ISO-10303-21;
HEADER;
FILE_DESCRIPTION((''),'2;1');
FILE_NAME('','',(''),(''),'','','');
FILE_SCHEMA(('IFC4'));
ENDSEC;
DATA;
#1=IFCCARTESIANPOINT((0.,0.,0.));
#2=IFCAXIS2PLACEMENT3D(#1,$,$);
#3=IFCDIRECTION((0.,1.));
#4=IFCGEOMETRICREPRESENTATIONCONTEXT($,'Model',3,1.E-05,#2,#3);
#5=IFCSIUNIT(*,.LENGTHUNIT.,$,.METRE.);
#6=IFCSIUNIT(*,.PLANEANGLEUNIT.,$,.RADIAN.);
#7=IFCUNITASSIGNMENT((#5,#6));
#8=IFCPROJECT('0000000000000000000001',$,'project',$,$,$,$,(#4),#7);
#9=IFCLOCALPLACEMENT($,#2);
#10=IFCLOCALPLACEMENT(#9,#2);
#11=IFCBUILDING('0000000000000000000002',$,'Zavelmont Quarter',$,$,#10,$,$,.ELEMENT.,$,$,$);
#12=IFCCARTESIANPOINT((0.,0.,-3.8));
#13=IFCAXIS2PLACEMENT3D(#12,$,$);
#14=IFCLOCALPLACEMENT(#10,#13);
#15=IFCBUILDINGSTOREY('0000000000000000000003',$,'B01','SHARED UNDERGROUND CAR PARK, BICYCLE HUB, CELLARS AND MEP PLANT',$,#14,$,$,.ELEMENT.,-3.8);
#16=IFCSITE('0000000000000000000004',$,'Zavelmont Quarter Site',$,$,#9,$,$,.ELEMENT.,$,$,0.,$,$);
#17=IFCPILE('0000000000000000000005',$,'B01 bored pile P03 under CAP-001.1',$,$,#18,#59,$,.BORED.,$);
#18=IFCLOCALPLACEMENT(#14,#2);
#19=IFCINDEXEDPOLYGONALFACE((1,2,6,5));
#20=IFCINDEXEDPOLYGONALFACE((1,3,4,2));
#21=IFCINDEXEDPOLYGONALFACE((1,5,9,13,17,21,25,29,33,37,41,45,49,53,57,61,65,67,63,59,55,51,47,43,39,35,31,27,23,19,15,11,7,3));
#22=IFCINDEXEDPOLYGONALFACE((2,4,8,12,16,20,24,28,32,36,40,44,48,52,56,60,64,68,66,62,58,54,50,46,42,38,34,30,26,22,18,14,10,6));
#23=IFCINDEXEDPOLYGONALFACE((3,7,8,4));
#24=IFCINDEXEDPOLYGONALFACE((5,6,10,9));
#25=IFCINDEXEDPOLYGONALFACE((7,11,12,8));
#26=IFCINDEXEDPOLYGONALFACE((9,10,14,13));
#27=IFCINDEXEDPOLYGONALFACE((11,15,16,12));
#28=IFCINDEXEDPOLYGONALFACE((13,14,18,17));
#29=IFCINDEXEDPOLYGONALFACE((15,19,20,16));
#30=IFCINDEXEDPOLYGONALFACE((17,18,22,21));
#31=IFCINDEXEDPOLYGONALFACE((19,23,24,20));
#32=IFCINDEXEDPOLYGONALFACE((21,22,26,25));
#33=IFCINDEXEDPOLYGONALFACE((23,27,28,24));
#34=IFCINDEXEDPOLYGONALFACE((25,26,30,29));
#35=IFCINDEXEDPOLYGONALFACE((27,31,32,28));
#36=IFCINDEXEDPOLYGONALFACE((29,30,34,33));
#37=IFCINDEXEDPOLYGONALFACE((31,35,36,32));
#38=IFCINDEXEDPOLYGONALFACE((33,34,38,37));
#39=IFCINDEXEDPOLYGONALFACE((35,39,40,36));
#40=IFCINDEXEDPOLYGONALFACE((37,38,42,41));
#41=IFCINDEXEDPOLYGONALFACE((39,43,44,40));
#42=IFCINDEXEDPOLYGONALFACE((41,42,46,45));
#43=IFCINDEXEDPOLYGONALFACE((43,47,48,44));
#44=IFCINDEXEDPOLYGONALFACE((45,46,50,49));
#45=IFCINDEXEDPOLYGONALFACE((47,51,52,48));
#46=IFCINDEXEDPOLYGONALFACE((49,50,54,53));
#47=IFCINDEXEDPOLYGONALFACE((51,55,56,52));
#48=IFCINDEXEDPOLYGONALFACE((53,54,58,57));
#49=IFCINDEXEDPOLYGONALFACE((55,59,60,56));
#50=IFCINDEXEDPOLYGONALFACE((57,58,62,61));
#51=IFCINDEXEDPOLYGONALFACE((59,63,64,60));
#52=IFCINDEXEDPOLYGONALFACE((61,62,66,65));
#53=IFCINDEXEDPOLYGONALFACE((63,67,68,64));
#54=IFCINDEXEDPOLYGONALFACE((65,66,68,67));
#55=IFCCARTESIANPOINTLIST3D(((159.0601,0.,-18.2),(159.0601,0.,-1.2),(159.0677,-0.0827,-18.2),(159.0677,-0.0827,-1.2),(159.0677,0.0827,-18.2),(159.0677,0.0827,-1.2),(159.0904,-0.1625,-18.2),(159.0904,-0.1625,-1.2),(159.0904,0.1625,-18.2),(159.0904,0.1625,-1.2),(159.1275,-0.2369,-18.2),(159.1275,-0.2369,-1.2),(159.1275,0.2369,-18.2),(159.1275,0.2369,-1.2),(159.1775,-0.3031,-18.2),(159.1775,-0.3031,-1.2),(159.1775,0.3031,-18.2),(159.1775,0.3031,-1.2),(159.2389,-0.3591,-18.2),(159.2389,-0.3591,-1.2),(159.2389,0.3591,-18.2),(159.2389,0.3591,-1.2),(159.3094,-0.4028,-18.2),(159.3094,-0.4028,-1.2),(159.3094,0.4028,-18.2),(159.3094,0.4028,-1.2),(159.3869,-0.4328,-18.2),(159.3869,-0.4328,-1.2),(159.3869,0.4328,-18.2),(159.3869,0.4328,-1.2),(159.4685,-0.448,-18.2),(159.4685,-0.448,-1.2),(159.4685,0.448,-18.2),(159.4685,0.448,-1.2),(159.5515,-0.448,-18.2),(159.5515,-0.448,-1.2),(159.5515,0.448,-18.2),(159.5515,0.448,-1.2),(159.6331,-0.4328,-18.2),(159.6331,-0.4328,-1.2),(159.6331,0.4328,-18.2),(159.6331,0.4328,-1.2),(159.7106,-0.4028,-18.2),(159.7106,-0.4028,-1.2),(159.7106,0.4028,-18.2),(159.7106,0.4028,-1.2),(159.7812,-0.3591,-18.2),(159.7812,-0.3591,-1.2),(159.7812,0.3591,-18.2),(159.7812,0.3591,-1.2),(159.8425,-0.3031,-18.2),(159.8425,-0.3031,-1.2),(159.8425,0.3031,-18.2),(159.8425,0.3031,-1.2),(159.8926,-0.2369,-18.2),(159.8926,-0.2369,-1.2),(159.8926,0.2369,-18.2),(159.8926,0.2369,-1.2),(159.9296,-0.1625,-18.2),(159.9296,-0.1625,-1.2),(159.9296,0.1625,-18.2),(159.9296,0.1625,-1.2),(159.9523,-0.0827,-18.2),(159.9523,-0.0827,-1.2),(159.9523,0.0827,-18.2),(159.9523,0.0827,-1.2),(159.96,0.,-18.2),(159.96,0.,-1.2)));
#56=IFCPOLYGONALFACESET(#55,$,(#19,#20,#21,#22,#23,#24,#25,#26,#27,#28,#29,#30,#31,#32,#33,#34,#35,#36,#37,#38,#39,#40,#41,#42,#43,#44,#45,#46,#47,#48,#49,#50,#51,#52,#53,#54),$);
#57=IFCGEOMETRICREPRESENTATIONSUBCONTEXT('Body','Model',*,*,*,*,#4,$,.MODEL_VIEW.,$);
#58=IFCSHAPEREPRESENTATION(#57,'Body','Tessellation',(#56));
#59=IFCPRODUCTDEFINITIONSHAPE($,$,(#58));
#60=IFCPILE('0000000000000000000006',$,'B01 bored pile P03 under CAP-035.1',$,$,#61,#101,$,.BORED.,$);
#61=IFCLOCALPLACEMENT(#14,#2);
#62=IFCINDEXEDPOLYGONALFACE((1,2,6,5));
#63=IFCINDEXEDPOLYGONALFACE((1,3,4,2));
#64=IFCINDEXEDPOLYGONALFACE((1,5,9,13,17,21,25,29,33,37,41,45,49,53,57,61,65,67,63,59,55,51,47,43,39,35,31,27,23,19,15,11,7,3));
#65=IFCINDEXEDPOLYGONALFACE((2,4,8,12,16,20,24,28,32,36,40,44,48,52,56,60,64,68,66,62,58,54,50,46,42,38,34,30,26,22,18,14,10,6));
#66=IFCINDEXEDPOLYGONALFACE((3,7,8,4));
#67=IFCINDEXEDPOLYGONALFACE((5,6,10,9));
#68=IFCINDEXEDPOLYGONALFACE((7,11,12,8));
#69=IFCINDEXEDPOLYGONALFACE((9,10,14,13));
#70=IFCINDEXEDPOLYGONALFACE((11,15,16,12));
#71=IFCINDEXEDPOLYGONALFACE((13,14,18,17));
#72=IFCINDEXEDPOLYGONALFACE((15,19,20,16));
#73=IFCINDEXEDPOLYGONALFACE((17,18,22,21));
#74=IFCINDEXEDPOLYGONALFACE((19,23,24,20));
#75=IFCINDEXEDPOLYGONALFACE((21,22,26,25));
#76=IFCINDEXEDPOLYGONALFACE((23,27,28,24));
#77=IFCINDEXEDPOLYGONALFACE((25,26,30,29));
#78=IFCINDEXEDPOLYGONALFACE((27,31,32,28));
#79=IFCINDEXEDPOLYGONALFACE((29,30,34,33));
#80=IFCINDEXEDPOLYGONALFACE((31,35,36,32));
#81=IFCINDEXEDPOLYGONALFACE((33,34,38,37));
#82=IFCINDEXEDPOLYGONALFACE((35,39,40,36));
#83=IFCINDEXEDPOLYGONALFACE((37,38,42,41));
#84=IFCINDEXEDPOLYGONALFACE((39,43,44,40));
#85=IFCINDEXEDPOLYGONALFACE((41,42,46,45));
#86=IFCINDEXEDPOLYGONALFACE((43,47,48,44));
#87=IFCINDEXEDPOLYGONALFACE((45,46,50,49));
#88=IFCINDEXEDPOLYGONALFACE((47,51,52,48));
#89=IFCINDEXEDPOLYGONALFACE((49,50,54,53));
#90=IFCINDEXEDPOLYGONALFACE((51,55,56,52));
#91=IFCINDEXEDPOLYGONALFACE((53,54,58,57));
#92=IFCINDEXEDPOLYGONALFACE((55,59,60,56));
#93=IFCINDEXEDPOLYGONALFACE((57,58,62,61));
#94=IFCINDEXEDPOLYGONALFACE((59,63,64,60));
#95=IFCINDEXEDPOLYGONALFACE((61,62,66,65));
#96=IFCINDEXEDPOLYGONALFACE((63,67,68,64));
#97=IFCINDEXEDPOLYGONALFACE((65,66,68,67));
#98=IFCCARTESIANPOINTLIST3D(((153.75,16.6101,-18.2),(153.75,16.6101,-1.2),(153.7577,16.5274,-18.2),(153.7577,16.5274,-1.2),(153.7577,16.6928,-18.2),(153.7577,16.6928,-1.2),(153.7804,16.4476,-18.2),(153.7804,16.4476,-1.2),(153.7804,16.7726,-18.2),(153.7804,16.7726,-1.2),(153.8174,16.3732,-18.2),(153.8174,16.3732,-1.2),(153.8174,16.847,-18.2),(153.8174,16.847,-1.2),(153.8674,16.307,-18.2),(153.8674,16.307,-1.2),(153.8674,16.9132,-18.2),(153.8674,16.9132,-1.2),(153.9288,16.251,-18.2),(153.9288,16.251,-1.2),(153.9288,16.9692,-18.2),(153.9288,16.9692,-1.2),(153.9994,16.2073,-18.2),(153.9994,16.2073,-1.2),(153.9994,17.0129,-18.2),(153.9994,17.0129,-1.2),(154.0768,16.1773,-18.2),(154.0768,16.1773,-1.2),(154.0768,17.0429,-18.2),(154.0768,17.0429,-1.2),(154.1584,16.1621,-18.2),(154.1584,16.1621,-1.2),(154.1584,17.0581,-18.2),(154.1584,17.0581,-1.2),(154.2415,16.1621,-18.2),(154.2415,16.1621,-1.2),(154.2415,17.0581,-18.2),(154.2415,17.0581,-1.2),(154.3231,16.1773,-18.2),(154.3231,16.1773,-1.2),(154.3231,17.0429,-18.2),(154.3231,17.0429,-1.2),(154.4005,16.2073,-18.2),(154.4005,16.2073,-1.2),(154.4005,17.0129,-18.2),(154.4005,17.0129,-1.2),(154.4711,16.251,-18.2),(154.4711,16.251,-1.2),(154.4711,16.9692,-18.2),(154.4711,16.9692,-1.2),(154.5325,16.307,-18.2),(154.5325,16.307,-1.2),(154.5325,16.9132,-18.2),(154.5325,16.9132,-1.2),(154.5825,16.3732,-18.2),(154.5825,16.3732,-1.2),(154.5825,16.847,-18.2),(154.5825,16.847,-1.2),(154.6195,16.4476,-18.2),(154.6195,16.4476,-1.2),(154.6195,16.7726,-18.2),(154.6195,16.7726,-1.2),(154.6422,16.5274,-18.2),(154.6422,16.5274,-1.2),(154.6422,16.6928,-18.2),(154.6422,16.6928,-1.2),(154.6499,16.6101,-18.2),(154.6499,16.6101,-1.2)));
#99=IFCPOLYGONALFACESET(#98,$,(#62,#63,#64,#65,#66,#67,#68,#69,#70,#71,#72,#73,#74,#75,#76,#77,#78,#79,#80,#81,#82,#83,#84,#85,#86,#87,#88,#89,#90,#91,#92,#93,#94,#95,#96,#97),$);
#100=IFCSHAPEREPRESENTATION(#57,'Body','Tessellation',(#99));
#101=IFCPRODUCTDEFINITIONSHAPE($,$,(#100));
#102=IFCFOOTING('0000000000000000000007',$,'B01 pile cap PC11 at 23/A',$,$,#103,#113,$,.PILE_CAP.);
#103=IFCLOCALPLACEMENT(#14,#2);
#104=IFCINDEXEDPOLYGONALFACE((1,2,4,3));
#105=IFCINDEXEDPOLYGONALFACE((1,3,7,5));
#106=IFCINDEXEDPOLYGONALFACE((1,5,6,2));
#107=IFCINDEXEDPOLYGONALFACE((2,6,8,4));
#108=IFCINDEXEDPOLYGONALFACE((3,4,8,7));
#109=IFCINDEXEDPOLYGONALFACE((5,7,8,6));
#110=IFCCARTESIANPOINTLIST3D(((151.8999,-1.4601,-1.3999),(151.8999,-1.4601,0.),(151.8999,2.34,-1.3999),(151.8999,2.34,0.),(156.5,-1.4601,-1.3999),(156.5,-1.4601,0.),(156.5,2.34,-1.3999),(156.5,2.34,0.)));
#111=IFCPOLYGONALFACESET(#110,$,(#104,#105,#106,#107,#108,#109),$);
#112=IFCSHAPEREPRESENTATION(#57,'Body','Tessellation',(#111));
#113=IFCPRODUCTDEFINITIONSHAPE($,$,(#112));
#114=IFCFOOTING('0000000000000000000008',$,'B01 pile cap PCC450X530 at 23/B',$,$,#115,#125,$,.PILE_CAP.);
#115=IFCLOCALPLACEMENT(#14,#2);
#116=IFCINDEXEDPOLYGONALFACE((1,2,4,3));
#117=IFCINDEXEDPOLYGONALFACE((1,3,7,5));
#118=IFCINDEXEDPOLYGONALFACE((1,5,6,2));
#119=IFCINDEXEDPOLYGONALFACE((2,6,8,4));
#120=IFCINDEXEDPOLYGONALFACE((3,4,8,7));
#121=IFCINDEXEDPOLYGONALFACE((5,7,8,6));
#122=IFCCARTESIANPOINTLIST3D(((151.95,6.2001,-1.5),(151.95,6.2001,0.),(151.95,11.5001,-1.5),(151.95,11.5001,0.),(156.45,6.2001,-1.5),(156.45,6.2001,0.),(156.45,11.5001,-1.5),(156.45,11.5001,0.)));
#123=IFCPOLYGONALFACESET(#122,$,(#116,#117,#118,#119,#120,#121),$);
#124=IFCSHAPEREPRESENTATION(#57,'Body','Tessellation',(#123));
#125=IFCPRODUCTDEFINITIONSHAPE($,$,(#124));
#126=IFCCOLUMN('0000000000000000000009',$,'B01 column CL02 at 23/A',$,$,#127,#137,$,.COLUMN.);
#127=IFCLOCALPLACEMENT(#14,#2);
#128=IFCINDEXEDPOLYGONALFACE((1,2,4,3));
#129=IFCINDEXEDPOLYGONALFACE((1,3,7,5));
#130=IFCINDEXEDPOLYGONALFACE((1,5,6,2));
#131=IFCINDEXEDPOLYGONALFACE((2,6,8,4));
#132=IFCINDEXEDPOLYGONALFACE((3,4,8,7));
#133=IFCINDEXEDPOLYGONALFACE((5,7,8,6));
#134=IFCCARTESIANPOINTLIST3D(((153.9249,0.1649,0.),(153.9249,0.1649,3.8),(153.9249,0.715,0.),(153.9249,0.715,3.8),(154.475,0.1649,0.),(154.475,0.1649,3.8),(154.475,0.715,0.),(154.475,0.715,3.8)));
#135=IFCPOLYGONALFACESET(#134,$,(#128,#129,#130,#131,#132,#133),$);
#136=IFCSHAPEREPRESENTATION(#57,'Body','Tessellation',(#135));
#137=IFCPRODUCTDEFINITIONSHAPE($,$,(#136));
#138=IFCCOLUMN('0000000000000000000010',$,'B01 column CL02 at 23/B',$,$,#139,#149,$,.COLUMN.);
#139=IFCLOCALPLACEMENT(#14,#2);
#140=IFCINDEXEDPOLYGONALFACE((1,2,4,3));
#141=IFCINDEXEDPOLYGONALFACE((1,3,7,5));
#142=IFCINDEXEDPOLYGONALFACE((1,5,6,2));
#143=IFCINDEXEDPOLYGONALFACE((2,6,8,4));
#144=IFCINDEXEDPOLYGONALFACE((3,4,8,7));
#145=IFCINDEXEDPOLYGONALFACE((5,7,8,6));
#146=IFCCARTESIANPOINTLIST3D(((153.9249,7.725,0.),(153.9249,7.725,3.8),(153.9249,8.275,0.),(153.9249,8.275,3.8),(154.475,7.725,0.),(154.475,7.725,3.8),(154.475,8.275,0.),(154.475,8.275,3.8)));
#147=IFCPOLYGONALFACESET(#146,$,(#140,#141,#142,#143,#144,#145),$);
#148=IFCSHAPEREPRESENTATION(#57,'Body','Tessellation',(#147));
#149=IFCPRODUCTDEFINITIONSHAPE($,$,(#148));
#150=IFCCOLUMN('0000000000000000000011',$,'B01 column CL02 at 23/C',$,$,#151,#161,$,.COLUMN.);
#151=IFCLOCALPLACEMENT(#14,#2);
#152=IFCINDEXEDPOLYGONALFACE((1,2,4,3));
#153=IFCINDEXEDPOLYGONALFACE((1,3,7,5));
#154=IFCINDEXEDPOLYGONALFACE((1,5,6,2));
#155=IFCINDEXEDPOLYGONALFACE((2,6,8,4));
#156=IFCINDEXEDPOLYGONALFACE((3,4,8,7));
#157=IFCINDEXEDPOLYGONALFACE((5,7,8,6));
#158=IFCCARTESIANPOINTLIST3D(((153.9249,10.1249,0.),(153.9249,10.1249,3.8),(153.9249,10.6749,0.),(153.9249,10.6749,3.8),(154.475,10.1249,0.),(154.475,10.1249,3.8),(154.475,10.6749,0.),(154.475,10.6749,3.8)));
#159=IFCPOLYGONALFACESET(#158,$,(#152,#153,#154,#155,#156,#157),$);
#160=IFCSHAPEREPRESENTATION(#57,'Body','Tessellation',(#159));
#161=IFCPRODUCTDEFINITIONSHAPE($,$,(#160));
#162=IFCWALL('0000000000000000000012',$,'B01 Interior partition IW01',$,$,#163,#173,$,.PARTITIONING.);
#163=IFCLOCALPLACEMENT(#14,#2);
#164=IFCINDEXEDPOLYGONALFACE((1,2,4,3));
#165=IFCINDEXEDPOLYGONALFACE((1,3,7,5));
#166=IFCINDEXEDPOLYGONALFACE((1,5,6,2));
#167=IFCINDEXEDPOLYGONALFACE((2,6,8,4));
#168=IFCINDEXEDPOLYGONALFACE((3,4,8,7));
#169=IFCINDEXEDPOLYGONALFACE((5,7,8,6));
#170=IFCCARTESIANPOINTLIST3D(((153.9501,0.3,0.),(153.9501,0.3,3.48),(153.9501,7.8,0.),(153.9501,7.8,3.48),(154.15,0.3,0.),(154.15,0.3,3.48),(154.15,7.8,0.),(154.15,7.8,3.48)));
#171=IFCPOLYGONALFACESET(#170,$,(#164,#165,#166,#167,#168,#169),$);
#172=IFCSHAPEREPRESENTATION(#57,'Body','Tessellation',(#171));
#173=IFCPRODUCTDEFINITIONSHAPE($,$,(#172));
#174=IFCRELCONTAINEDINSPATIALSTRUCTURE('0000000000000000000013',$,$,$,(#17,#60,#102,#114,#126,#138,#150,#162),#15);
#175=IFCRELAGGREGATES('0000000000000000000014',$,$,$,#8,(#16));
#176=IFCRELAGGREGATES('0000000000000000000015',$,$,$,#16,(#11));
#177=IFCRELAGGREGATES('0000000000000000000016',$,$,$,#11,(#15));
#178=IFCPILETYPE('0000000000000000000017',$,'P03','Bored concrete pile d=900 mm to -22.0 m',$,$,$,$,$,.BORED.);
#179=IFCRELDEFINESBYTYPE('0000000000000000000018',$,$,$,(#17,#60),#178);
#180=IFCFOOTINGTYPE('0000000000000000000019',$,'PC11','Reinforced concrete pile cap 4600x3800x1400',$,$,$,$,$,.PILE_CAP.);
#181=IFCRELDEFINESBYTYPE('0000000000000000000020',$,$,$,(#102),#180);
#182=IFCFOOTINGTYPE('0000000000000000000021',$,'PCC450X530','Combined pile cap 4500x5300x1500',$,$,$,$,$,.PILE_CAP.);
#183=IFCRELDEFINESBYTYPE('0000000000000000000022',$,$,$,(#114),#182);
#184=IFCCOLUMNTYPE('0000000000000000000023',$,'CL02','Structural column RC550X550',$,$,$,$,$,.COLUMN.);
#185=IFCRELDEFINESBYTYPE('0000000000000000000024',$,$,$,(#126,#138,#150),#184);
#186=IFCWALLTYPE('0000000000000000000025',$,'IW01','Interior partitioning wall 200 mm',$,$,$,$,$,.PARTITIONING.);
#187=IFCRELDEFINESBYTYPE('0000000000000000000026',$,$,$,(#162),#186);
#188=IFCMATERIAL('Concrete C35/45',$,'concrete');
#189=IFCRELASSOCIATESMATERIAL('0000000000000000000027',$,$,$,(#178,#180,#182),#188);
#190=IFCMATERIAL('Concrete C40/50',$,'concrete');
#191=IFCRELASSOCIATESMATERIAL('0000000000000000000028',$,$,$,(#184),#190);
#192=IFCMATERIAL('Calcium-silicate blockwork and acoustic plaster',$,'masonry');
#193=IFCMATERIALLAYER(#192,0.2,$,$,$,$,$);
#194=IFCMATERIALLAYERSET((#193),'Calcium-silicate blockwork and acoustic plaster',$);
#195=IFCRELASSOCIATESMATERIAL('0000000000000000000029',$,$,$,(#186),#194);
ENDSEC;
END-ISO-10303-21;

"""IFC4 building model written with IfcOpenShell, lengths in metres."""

from ifc_helpers import new_model, si_unit, direction, frame, frame_2d, origin, origin_2d, place, context, subcontext, project, spatial, rectangle, circle, extrude, material, layer, layer_set, material_profile, profile_set, type_object, element, save


model = new_model("IFC4")

# Units and contexts
model_context = context("Model", 3, precision=1e-05, world=origin(), true_north=direction((0.0, 1.0)))
body_context = subcontext(model_context, "Body", "Model", "MODEL_VIEW")
ifc_project = project(units=[si_unit("LENGTHUNIT", "METRE"), si_unit("PLANEANGLEUNIT", "RADIAN")], contexts=[model_context])

# Site, building, storey
site_placement = place(None, origin())
site = spatial("IfcSite", under=ifc_project, at=site_placement, Name="Zavelmont Quarter Site", CompositionType="ELEMENT", RefElevation=0.0)
building_placement = place(site_placement, origin())
building = spatial("IfcBuilding", under=site, at=building_placement, Name="Zavelmont Quarter", CompositionType="ELEMENT")
storey_placement = place(building_placement, frame((0.0, 0.0, -3.8)))
storey = spatial("IfcBuildingStorey", under=building, at=storey_placement, Name="B01", Description="SHARED UNDERGROUND CAR PARK, BICYCLE HUB, CELLARS AND MEP PLANT", CompositionType="ELEMENT", Elevation=-3.8)

# Shared definitions
ifc_material_1 = material(Name="Concrete C35/45", Category="concrete")

# Piles
ifc_material_profile_1 = material_profile(ifc_material_1, circle(Radius=0.45, at=origin_2d()), Name="BP900")
ifc_profile_set_1 = profile_set([ifc_material_profile_1], Name="Concrete C35/45")
pile_type_1 = type_object("IfcPileType", Name="P03", Description="Bored concrete pile d=900 mm to -22.0 m", PredefinedType="BORED", material=ifc_profile_set_1)
for number, where, z_axis, x_axis, name in (
    (1, (159.51, 0.0, -1.2), (0.0, 0.0, -1.0), (1.0, 0.0, 0.0), "B01 bored pile P03 under CAP-001.1"),
    (2, (154.2, 16.6101, -1.2), (0.0, 0.0, -1.0), (1.0, 0.0, 0.0), "B01 bored pile P03 under CAP-035.1"),
):
    element("IfcPile", number, at=place(storey_placement, frame(where, z_axis=z_axis, x_axis=x_axis)), inside=storey, type_object=pile_type_1, Name=name, PredefinedType="BORED", context=body_context, shape_type="SweptSolid", body=[
        extrude(circle(Radius=0.45, at=origin_2d()), origin(), (0.0, 0.0, 1.0), 17.0),
    ])

# Footings
footing_type_1 = type_object("IfcFootingType", Name="PC11", Description="Reinforced concrete pile cap 4600x3800x1400", PredefinedType="PILE_CAP", material=ifc_material_1)
footing_1_placement = place(storey_placement, frame((154.2, 0.4399, -1.3999), z_axis=(0.0, 0.0, 1.0), x_axis=(1.0, 0.0, 0.0)))
element("IfcFooting", 3, at=footing_1_placement, inside=storey, type_object=footing_type_1, Name="B01 pile cap PC11 at 23/A", PredefinedType="PILE_CAP", context=body_context, shape_type="SweptSolid", body=[
    extrude(rectangle(XDim=4.6001, YDim=3.8, at=origin_2d()), origin(), (0.0, 0.0, 1.0), 1.3999),
])
footing_type_2 = type_object("IfcFootingType", Name="PCC450X530", Description="Combined pile cap 4500x5300x1500", PredefinedType="PILE_CAP", material=ifc_material_1)
footing_2_placement = place(storey_placement, frame((154.2, 8.8501, -1.5), z_axis=(0.0, 0.0, 1.0), x_axis=(1.0, 0.0, 0.0)))
element("IfcFooting", 4, at=footing_2_placement, inside=storey, type_object=footing_type_2, Name="B01 pile cap PCC450X530 at 23/B", PredefinedType="PILE_CAP", context=body_context, shape_type="SweptSolid", body=[
    extrude(rectangle(XDim=4.5, YDim=5.3, at=origin_2d()), origin(), (0.0, 0.0, 1.0), 1.5),
])

# Columns
ifc_material_2 = material(Name="Concrete C40/50", Category="concrete")
ifc_material_profile_2 = material_profile(ifc_material_2, rectangle(XDim=0.55, YDim=0.55, at=origin_2d()), Name="RC550X550")
ifc_profile_set_2 = profile_set([ifc_material_profile_2], Name="Concrete C40/50")
column_type = type_object("IfcColumnType", Name="CL02", Description="Structural column RC550X550", PredefinedType="COLUMN", material=ifc_profile_set_2)
for number, where, z_axis, x_axis, name in (
    (5, (154.2, 0.4399, 0.0), (0.0, 0.0, 1.0), (1.0, 0.0, 0.0), "B01 column CL02 at 23/A"),
    (6, (154.2, 8.0, 0.0), (0.0, 0.0, 1.0), (1.0, 0.0, 0.0), "B01 column CL02 at 23/B"),
    (7, (154.2, 10.3999, 0.0), (0.0, 0.0, 1.0), (1.0, 0.0, 0.0), "B01 column CL02 at 23/C"),
):
    element("IfcColumn", number, at=place(storey_placement, frame(where, z_axis=z_axis, x_axis=x_axis)), inside=storey, type_object=column_type, Name=name, PredefinedType="COLUMN", context=body_context, shape_type="SweptSolid", body=[
        extrude(rectangle(XDim=0.55, YDim=0.55, at=origin_2d()), origin(), (0.0, 0.0, 1.0), 3.8),
    ])

# Wall
ifc_material_3 = material(Name="Calcium-silicate blockwork and acoustic plaster", Category="masonry")
ifc_layer_1 = layer(ifc_material_3, 0.2)
ifc_layer_set_1 = layer_set([ifc_layer_1], Name="Calcium-silicate blockwork and acoustic plaster")
wall_type_1 = type_object("IfcWallType", Name="IW01", Description="Interior partitioning wall 200 mm", PredefinedType="PARTITIONING", material=ifc_layer_set_1)
wall_1_placement = place(storey_placement, frame((154.05, 0.3, 0.0), z_axis=(0.0, 0.0, 1.0), x_axis=(0.0, 1.0, 0.0)))
element("IfcWall", 8, at=wall_1_placement, inside=storey, type_object=wall_type_1, Name="B01 Interior partition IW01", PredefinedType="PARTITIONING", context=body_context, shape_type="SweptSolid", body=[
    extrude(rectangle(XDim=7.5, YDim=0.2, at=frame_2d((3.75, 0.0))), origin(), (0.0, 0.0, 1.0), 3.48),
])

save(model, "model.ifc")
